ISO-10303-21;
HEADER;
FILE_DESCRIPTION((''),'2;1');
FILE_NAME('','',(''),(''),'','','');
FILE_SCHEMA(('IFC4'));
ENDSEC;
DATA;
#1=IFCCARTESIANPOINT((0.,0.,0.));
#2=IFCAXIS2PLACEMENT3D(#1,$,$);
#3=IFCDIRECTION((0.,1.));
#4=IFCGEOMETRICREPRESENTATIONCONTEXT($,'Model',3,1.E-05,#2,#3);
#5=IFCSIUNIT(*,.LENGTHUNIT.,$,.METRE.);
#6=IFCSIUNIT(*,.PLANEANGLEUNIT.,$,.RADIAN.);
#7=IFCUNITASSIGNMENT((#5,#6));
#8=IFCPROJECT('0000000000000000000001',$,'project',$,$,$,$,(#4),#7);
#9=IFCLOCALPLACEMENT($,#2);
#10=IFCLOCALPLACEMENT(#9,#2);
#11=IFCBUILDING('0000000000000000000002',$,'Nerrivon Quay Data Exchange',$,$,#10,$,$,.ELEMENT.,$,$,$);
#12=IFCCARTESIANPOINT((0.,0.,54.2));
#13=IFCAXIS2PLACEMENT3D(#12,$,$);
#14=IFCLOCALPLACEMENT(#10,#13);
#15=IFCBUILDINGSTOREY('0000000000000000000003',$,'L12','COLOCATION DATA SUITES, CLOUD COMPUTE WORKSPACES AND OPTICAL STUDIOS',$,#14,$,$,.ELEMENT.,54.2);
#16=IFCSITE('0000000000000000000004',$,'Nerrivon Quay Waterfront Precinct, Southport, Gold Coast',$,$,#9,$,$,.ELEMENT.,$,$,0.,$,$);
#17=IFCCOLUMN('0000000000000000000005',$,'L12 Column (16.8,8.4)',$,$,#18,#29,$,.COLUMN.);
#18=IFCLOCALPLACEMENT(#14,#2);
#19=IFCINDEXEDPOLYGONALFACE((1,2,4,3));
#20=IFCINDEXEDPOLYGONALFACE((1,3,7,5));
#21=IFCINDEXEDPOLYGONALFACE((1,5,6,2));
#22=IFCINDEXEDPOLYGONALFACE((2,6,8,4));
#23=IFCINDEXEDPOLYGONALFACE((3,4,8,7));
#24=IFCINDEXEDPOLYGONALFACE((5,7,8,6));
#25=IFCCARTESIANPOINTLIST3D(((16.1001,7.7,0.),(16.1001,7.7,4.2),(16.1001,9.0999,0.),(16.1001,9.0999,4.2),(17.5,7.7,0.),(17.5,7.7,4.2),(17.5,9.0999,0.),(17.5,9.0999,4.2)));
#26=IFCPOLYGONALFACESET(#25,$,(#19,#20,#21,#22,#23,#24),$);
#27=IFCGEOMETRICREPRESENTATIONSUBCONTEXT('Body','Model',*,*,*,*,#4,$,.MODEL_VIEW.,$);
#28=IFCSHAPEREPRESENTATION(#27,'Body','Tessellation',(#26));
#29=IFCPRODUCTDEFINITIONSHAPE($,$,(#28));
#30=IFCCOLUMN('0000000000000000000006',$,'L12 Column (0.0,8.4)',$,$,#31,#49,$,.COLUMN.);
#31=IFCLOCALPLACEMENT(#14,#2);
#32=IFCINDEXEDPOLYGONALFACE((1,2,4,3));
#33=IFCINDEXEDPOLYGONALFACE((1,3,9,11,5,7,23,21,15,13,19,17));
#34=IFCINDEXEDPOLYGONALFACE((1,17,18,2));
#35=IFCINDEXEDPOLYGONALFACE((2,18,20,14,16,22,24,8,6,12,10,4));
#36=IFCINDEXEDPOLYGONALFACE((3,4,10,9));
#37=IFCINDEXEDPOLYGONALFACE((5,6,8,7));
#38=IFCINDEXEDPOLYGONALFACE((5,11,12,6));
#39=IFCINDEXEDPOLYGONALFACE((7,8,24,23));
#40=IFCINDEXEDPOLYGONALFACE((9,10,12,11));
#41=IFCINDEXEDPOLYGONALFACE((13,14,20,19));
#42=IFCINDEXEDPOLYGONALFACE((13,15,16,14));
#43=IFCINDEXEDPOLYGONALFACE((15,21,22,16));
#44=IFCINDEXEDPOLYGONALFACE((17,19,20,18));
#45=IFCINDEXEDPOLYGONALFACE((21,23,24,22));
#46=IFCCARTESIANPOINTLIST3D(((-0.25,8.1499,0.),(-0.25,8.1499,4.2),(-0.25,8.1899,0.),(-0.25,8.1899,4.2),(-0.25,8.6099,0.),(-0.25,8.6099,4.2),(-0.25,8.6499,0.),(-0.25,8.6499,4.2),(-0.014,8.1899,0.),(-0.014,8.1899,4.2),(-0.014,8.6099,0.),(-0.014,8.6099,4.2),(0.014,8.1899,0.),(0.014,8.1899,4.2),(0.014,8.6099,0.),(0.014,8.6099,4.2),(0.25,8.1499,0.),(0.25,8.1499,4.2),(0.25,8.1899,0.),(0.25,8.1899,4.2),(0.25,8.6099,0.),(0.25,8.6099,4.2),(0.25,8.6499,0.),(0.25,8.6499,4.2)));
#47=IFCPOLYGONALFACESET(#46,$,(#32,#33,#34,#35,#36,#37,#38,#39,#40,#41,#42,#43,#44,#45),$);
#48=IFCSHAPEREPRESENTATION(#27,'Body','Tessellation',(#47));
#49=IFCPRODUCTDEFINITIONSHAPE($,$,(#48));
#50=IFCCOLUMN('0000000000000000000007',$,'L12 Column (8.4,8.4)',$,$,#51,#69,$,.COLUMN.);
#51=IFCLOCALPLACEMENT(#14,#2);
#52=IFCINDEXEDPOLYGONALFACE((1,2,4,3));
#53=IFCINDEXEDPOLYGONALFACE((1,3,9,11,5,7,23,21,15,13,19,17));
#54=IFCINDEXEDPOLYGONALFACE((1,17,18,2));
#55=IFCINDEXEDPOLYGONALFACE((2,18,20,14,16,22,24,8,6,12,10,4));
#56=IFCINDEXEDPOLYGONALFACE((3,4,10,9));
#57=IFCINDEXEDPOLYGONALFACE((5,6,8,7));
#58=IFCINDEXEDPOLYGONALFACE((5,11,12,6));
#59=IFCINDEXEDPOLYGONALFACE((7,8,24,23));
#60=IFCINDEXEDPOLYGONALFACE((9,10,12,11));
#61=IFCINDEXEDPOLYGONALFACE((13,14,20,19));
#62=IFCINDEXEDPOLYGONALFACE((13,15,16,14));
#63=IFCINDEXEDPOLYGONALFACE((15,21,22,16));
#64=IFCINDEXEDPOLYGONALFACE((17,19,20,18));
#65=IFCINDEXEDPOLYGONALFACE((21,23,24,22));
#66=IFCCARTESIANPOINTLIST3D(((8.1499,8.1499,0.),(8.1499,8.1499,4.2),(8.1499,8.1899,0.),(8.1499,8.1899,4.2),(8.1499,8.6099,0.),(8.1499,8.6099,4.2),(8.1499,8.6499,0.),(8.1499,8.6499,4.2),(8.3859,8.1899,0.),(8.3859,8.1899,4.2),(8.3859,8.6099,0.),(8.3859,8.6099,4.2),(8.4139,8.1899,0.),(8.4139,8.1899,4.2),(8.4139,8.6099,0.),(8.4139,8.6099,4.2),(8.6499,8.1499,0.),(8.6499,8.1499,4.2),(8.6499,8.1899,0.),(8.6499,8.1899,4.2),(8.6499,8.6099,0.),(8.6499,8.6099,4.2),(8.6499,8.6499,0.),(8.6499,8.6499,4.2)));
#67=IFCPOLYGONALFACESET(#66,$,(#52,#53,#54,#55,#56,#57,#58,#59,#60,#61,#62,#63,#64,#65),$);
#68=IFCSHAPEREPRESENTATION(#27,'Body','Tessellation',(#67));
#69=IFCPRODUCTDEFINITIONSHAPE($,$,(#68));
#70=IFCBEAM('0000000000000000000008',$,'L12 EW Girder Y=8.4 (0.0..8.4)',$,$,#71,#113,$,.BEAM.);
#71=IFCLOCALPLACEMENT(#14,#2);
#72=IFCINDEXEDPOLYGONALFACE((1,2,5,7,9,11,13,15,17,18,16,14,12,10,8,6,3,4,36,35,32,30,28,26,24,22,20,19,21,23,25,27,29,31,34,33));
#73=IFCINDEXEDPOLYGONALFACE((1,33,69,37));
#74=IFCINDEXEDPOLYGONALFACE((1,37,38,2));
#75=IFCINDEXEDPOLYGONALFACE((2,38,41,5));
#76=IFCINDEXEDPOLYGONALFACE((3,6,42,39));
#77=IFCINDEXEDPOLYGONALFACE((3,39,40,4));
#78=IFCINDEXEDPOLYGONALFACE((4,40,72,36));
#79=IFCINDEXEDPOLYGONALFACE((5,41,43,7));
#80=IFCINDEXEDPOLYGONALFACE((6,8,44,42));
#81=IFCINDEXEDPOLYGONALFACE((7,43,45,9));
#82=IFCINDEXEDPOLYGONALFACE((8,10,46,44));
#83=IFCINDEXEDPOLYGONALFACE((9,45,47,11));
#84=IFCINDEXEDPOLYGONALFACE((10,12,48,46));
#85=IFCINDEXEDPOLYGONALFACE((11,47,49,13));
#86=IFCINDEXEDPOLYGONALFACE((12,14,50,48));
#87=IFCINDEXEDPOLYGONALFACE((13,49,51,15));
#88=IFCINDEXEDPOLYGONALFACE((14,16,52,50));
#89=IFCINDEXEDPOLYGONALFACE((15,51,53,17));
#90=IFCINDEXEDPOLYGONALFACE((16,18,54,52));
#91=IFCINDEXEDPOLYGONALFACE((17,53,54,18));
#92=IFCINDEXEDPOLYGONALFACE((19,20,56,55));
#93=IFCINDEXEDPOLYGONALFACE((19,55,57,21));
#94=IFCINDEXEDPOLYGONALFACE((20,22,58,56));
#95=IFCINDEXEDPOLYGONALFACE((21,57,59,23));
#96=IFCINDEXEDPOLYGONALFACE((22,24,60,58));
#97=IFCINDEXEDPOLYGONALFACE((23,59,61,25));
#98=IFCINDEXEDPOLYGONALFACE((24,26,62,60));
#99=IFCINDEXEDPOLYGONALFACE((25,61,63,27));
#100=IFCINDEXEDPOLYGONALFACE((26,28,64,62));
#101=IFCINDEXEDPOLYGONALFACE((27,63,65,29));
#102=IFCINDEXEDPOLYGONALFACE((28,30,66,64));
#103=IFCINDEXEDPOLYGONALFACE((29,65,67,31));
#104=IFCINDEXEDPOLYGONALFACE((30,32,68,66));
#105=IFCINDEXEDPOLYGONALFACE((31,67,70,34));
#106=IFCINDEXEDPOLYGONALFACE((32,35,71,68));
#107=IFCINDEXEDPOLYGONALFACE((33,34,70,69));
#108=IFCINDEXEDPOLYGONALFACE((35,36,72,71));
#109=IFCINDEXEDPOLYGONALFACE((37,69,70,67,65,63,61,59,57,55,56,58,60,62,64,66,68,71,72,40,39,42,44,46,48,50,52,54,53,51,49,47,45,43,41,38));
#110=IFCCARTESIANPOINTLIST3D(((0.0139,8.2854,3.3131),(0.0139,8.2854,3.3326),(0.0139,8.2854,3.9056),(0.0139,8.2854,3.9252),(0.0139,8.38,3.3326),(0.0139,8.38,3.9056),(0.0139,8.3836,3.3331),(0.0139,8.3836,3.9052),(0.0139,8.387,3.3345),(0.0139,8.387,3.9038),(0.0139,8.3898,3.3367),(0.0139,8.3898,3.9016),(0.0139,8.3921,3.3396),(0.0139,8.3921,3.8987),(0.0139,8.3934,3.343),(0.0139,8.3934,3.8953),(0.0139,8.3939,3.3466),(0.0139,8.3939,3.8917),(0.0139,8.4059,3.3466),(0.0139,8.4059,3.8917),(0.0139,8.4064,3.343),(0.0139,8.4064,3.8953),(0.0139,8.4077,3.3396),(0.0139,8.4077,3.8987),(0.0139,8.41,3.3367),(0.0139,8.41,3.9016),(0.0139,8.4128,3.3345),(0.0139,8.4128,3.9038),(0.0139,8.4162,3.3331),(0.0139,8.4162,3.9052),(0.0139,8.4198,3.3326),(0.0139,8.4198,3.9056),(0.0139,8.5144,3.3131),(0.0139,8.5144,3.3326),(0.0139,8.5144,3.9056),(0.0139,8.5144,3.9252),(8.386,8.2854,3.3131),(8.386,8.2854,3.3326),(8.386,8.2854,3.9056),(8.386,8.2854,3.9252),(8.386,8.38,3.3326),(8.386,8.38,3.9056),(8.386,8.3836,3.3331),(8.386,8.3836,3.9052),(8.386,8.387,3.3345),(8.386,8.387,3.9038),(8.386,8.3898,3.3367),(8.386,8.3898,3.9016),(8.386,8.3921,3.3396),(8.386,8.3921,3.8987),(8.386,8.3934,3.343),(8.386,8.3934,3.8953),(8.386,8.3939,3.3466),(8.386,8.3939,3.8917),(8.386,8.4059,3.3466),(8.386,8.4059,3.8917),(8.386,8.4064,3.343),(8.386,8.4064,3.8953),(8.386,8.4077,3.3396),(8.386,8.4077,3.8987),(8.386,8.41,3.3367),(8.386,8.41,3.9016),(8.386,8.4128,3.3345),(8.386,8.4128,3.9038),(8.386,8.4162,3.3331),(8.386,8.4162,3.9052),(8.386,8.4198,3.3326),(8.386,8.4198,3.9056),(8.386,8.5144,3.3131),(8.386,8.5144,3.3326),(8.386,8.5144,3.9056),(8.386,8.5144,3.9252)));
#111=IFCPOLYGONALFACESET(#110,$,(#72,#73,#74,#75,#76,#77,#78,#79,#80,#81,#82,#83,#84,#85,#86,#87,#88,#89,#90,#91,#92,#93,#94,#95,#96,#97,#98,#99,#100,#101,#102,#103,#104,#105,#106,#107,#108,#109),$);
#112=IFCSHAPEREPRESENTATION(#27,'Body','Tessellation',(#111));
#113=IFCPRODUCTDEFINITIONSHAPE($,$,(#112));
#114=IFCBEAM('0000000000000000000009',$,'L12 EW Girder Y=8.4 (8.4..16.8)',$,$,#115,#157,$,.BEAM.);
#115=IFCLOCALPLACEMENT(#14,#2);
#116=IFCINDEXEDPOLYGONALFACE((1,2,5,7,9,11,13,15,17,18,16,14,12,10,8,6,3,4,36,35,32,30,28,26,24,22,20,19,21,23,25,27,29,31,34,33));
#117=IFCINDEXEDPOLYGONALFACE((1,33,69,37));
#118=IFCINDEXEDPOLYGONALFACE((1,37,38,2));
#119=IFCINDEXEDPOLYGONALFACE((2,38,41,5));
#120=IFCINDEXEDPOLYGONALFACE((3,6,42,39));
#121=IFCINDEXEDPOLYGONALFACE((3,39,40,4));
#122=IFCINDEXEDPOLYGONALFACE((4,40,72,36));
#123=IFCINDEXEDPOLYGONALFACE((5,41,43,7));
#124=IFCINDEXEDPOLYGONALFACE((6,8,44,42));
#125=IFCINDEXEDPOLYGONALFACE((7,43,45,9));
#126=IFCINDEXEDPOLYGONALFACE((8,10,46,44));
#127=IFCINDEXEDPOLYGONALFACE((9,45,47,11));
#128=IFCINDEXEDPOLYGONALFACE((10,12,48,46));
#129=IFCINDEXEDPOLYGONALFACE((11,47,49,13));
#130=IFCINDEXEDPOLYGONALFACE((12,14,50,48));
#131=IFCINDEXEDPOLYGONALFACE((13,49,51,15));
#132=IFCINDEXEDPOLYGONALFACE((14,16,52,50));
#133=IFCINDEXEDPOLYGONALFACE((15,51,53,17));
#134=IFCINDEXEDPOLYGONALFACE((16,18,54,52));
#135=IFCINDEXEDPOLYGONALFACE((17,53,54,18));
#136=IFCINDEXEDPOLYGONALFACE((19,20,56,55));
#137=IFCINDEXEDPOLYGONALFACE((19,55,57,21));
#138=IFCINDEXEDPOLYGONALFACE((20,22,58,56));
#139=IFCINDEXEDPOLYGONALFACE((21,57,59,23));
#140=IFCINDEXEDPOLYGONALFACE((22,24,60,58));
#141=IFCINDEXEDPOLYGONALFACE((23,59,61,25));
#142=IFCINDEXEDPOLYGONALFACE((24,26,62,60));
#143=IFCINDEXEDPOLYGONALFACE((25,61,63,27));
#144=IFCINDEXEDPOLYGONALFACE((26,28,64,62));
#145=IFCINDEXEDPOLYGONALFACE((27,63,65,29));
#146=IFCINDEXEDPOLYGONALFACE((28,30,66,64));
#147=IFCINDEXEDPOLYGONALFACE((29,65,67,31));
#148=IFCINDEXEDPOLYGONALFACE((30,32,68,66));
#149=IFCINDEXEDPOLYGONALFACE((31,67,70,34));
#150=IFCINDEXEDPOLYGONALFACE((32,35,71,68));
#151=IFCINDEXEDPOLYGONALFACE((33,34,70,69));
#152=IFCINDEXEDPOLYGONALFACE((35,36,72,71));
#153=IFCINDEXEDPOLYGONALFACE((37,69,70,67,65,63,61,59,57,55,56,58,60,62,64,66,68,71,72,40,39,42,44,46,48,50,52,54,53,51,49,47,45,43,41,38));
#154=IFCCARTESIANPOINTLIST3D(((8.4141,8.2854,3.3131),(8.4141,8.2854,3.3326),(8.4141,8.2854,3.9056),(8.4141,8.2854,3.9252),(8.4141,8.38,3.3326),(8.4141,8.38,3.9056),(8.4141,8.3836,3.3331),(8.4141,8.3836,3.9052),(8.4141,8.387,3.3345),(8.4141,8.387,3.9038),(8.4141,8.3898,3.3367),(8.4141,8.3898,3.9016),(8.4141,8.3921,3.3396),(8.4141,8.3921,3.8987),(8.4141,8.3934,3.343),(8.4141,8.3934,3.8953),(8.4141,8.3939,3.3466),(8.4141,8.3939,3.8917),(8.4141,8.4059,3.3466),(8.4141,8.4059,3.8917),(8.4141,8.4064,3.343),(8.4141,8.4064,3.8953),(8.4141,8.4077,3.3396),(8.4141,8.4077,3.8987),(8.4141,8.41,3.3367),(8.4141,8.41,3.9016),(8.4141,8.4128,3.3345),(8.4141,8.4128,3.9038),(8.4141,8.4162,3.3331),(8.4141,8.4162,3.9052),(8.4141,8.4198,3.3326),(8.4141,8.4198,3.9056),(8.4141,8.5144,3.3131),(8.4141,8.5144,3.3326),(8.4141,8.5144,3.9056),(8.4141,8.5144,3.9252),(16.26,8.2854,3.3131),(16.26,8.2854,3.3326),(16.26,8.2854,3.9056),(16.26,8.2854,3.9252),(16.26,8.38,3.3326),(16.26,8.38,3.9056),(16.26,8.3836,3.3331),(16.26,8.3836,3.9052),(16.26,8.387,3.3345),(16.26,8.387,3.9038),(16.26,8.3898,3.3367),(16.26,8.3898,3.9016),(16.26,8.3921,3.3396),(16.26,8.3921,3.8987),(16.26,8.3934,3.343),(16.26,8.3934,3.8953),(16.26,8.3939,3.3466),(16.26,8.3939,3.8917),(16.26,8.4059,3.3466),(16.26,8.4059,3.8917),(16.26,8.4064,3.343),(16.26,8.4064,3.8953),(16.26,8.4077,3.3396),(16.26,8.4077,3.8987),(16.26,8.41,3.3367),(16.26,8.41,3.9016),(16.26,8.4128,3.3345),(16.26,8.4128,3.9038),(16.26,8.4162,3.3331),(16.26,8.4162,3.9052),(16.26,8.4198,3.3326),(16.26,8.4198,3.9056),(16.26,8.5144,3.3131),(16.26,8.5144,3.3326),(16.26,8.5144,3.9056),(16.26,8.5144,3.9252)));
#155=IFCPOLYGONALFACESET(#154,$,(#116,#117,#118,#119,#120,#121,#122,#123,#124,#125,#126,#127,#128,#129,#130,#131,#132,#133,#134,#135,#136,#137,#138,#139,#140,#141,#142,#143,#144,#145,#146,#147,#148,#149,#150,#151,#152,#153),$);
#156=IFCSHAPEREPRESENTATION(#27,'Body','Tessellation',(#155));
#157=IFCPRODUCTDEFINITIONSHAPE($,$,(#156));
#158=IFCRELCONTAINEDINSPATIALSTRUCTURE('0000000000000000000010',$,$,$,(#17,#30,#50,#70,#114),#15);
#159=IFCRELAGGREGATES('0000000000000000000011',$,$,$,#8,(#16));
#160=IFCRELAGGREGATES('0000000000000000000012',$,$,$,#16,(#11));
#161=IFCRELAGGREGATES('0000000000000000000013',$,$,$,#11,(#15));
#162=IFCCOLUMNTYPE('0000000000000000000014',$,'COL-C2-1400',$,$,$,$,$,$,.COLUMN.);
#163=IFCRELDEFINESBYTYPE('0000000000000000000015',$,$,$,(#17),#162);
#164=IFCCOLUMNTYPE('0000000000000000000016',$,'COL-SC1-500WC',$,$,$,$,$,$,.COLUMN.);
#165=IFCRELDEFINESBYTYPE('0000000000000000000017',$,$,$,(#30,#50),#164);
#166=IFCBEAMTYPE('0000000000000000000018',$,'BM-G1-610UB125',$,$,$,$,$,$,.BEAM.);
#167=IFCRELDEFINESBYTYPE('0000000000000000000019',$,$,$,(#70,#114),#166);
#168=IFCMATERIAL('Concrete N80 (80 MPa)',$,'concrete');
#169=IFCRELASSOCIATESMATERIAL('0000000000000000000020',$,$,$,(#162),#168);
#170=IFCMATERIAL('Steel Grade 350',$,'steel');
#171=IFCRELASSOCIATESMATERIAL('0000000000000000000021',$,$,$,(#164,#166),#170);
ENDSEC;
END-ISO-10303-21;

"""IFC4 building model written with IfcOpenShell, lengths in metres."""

from ifc_helpers import new_model, si_unit, direction, frame, origin, origin_2d, place, context, subcontext, project, spatial, rectangle, i_section, extrude, material, material_profile, profile_set, type_object, element, save


model = new_model("IFC4")

# Units and contexts
model_context = context("Model", 3, precision=1e-05, world=origin(), true_north=direction((0.0, 1.0)))
body_context = subcontext(model_context, "Body", "Model", "MODEL_VIEW")
ifc_project = project(units=[si_unit("LENGTHUNIT", "METRE"), si_unit("PLANEANGLEUNIT", "RADIAN")], contexts=[model_context])

# Site, building, storey
site_placement = place(None, origin())
site = spatial("IfcSite", under=ifc_project, at=site_placement, Name="Nerrivon Quay Waterfront Precinct, Southport, Gold Coast", CompositionType="ELEMENT", RefElevation=0.0)
building_placement = place(site_placement, origin())
building = spatial("IfcBuilding", under=site, at=building_placement, Name="Nerrivon Quay Data Exchange", CompositionType="ELEMENT")
storey_placement = place(building_placement, frame((0.0, 0.0, 54.2)))
storey = spatial("IfcBuildingStorey", under=building, at=storey_placement, Name="L12", Description="COLOCATION DATA SUITES, CLOUD COMPUTE WORKSPACES AND OPTICAL STUDIOS", CompositionType="ELEMENT", Elevation=54.2)

# Columns
ifc_material_1 = material(Name="Concrete N80 (80 MPa)", Category="concrete")
ifc_material_profile_1 = material_profile(ifc_material_1, rectangle(XDim=1.3999, YDim=1.3999, at=origin_2d()), Name="RC-COL-1400x1400")
ifc_profile_set_1 = profile_set([ifc_material_profile_1], Name="Concrete N80 (80 MPa)")
column_type_1 = type_object("IfcColumnType", Name="COL-C2-1400", PredefinedType="COLUMN", material=ifc_profile_set_1)
column_placement = place(storey_placement, frame((16.8, 8.3999, 0.0), z_axis=(0.0, 0.0, 1.0), x_axis=(1.0, 0.0, 0.0)))
element("IfcColumn", 1, at=column_placement, inside=storey, type_object=column_type_1, Name="L12 Column (16.8,8.4)", PredefinedType="COLUMN", context=body_context, shape_type="SweptSolid", body=[
    extrude(rectangle(XDim=1.3999, YDim=1.3999, at=origin_2d()), origin(), (0.0, 0.0, 1.0), 4.2),
])
ifc_material_2 = material(Name="Steel Grade 350", Category="steel")
ifc_material_profile_2 = material_profile(ifc_material_2, i_section(OverallWidth=0.5, OverallDepth=0.5, WebThickness=0.0281, FlangeThickness=0.04, at=origin_2d()), Name="500WC440")
ifc_profile_set_2 = profile_set([ifc_material_profile_2], Name="Steel Grade 350")
column_type_2 = type_object("IfcColumnType", Name="COL-SC1-500WC", PredefinedType="COLUMN", material=ifc_profile_set_2)
for number, where, z_axis, x_axis, name in (
    (2, (0.0, 8.3999, 0.0), (0.0, 0.0, 1.0), (1.0, 0.0, 0.0), "L12 Column (0.0,8.4)"),
    (3, (8.3999, 8.3999, 0.0), (0.0, 0.0, 1.0), (1.0, 0.0, 0.0), "L12 Column (8.4,8.4)"),
):
    element("IfcColumn", number, at=place(storey_placement, frame(where, z_axis=z_axis, x_axis=x_axis)), inside=storey, type_object=column_type_2, Name=name, PredefinedType="COLUMN", context=body_context, shape_type="SweptSolid", body=[
        extrude(i_section(OverallWidth=0.5, OverallDepth=0.5, WebThickness=0.0281, FlangeThickness=0.04, at=origin_2d()), origin(), (0.0, 0.0, 1.0), 4.2),
    ])

# Beams
ifc_material_profile_3 = material_profile(ifc_material_2, i_section(OverallWidth=0.229, OverallDepth=0.6121, WebThickness=0.012, FlangeThickness=0.0195, FilletRadius=0.0139, at=origin_2d()), Name="610UB125")
ifc_profile_set_3 = profile_set([ifc_material_profile_3], Name="Steel Grade 350")
beam_type_1 = type_object("IfcBeamType", Name="BM-G1-610UB125", PredefinedType="BEAM", material=ifc_profile_set_3)
beam_1_placement = place(storey_placement, frame((0.0139, 8.3999, 3.6191), z_axis=(1.0, 0.0, 0.0), x_axis=(0.0, 1.0, 0.0)))
element("IfcBeam", 4, at=beam_1_placement, inside=storey, type_object=beam_type_1, Name="L12 EW Girder Y=8.4 (0.0..8.4)", PredefinedType="BEAM", context=body_context, shape_type="SweptSolid", body=[
    extrude(i_section(OverallWidth=0.229, OverallDepth=0.6121, WebThickness=0.012, FlangeThickness=0.0195, FilletRadius=0.0139, at=origin_2d()), origin(), (0.0, 0.0, 1.0), 8.3721),
])
beam_2_placement = place(storey_placement, frame((8.4141, 8.3999, 3.6191), z_axis=(1.0, 0.0, 0.0), x_axis=(0.0, 1.0, 0.0)))
element("IfcBeam", 5, at=beam_2_placement, inside=storey, type_object=beam_type_1, Name="L12 EW Girder Y=8.4 (8.4..16.8)", PredefinedType="BEAM", context=body_context, shape_type="SweptSolid", body=[
    extrude(i_section(OverallWidth=0.229, OverallDepth=0.6121, WebThickness=0.012, FlangeThickness=0.0195, FilletRadius=0.0139, at=origin_2d()), origin(), (0.0, 0.0, 1.0), 7.8459),
])

save(model, "model.ifc")
